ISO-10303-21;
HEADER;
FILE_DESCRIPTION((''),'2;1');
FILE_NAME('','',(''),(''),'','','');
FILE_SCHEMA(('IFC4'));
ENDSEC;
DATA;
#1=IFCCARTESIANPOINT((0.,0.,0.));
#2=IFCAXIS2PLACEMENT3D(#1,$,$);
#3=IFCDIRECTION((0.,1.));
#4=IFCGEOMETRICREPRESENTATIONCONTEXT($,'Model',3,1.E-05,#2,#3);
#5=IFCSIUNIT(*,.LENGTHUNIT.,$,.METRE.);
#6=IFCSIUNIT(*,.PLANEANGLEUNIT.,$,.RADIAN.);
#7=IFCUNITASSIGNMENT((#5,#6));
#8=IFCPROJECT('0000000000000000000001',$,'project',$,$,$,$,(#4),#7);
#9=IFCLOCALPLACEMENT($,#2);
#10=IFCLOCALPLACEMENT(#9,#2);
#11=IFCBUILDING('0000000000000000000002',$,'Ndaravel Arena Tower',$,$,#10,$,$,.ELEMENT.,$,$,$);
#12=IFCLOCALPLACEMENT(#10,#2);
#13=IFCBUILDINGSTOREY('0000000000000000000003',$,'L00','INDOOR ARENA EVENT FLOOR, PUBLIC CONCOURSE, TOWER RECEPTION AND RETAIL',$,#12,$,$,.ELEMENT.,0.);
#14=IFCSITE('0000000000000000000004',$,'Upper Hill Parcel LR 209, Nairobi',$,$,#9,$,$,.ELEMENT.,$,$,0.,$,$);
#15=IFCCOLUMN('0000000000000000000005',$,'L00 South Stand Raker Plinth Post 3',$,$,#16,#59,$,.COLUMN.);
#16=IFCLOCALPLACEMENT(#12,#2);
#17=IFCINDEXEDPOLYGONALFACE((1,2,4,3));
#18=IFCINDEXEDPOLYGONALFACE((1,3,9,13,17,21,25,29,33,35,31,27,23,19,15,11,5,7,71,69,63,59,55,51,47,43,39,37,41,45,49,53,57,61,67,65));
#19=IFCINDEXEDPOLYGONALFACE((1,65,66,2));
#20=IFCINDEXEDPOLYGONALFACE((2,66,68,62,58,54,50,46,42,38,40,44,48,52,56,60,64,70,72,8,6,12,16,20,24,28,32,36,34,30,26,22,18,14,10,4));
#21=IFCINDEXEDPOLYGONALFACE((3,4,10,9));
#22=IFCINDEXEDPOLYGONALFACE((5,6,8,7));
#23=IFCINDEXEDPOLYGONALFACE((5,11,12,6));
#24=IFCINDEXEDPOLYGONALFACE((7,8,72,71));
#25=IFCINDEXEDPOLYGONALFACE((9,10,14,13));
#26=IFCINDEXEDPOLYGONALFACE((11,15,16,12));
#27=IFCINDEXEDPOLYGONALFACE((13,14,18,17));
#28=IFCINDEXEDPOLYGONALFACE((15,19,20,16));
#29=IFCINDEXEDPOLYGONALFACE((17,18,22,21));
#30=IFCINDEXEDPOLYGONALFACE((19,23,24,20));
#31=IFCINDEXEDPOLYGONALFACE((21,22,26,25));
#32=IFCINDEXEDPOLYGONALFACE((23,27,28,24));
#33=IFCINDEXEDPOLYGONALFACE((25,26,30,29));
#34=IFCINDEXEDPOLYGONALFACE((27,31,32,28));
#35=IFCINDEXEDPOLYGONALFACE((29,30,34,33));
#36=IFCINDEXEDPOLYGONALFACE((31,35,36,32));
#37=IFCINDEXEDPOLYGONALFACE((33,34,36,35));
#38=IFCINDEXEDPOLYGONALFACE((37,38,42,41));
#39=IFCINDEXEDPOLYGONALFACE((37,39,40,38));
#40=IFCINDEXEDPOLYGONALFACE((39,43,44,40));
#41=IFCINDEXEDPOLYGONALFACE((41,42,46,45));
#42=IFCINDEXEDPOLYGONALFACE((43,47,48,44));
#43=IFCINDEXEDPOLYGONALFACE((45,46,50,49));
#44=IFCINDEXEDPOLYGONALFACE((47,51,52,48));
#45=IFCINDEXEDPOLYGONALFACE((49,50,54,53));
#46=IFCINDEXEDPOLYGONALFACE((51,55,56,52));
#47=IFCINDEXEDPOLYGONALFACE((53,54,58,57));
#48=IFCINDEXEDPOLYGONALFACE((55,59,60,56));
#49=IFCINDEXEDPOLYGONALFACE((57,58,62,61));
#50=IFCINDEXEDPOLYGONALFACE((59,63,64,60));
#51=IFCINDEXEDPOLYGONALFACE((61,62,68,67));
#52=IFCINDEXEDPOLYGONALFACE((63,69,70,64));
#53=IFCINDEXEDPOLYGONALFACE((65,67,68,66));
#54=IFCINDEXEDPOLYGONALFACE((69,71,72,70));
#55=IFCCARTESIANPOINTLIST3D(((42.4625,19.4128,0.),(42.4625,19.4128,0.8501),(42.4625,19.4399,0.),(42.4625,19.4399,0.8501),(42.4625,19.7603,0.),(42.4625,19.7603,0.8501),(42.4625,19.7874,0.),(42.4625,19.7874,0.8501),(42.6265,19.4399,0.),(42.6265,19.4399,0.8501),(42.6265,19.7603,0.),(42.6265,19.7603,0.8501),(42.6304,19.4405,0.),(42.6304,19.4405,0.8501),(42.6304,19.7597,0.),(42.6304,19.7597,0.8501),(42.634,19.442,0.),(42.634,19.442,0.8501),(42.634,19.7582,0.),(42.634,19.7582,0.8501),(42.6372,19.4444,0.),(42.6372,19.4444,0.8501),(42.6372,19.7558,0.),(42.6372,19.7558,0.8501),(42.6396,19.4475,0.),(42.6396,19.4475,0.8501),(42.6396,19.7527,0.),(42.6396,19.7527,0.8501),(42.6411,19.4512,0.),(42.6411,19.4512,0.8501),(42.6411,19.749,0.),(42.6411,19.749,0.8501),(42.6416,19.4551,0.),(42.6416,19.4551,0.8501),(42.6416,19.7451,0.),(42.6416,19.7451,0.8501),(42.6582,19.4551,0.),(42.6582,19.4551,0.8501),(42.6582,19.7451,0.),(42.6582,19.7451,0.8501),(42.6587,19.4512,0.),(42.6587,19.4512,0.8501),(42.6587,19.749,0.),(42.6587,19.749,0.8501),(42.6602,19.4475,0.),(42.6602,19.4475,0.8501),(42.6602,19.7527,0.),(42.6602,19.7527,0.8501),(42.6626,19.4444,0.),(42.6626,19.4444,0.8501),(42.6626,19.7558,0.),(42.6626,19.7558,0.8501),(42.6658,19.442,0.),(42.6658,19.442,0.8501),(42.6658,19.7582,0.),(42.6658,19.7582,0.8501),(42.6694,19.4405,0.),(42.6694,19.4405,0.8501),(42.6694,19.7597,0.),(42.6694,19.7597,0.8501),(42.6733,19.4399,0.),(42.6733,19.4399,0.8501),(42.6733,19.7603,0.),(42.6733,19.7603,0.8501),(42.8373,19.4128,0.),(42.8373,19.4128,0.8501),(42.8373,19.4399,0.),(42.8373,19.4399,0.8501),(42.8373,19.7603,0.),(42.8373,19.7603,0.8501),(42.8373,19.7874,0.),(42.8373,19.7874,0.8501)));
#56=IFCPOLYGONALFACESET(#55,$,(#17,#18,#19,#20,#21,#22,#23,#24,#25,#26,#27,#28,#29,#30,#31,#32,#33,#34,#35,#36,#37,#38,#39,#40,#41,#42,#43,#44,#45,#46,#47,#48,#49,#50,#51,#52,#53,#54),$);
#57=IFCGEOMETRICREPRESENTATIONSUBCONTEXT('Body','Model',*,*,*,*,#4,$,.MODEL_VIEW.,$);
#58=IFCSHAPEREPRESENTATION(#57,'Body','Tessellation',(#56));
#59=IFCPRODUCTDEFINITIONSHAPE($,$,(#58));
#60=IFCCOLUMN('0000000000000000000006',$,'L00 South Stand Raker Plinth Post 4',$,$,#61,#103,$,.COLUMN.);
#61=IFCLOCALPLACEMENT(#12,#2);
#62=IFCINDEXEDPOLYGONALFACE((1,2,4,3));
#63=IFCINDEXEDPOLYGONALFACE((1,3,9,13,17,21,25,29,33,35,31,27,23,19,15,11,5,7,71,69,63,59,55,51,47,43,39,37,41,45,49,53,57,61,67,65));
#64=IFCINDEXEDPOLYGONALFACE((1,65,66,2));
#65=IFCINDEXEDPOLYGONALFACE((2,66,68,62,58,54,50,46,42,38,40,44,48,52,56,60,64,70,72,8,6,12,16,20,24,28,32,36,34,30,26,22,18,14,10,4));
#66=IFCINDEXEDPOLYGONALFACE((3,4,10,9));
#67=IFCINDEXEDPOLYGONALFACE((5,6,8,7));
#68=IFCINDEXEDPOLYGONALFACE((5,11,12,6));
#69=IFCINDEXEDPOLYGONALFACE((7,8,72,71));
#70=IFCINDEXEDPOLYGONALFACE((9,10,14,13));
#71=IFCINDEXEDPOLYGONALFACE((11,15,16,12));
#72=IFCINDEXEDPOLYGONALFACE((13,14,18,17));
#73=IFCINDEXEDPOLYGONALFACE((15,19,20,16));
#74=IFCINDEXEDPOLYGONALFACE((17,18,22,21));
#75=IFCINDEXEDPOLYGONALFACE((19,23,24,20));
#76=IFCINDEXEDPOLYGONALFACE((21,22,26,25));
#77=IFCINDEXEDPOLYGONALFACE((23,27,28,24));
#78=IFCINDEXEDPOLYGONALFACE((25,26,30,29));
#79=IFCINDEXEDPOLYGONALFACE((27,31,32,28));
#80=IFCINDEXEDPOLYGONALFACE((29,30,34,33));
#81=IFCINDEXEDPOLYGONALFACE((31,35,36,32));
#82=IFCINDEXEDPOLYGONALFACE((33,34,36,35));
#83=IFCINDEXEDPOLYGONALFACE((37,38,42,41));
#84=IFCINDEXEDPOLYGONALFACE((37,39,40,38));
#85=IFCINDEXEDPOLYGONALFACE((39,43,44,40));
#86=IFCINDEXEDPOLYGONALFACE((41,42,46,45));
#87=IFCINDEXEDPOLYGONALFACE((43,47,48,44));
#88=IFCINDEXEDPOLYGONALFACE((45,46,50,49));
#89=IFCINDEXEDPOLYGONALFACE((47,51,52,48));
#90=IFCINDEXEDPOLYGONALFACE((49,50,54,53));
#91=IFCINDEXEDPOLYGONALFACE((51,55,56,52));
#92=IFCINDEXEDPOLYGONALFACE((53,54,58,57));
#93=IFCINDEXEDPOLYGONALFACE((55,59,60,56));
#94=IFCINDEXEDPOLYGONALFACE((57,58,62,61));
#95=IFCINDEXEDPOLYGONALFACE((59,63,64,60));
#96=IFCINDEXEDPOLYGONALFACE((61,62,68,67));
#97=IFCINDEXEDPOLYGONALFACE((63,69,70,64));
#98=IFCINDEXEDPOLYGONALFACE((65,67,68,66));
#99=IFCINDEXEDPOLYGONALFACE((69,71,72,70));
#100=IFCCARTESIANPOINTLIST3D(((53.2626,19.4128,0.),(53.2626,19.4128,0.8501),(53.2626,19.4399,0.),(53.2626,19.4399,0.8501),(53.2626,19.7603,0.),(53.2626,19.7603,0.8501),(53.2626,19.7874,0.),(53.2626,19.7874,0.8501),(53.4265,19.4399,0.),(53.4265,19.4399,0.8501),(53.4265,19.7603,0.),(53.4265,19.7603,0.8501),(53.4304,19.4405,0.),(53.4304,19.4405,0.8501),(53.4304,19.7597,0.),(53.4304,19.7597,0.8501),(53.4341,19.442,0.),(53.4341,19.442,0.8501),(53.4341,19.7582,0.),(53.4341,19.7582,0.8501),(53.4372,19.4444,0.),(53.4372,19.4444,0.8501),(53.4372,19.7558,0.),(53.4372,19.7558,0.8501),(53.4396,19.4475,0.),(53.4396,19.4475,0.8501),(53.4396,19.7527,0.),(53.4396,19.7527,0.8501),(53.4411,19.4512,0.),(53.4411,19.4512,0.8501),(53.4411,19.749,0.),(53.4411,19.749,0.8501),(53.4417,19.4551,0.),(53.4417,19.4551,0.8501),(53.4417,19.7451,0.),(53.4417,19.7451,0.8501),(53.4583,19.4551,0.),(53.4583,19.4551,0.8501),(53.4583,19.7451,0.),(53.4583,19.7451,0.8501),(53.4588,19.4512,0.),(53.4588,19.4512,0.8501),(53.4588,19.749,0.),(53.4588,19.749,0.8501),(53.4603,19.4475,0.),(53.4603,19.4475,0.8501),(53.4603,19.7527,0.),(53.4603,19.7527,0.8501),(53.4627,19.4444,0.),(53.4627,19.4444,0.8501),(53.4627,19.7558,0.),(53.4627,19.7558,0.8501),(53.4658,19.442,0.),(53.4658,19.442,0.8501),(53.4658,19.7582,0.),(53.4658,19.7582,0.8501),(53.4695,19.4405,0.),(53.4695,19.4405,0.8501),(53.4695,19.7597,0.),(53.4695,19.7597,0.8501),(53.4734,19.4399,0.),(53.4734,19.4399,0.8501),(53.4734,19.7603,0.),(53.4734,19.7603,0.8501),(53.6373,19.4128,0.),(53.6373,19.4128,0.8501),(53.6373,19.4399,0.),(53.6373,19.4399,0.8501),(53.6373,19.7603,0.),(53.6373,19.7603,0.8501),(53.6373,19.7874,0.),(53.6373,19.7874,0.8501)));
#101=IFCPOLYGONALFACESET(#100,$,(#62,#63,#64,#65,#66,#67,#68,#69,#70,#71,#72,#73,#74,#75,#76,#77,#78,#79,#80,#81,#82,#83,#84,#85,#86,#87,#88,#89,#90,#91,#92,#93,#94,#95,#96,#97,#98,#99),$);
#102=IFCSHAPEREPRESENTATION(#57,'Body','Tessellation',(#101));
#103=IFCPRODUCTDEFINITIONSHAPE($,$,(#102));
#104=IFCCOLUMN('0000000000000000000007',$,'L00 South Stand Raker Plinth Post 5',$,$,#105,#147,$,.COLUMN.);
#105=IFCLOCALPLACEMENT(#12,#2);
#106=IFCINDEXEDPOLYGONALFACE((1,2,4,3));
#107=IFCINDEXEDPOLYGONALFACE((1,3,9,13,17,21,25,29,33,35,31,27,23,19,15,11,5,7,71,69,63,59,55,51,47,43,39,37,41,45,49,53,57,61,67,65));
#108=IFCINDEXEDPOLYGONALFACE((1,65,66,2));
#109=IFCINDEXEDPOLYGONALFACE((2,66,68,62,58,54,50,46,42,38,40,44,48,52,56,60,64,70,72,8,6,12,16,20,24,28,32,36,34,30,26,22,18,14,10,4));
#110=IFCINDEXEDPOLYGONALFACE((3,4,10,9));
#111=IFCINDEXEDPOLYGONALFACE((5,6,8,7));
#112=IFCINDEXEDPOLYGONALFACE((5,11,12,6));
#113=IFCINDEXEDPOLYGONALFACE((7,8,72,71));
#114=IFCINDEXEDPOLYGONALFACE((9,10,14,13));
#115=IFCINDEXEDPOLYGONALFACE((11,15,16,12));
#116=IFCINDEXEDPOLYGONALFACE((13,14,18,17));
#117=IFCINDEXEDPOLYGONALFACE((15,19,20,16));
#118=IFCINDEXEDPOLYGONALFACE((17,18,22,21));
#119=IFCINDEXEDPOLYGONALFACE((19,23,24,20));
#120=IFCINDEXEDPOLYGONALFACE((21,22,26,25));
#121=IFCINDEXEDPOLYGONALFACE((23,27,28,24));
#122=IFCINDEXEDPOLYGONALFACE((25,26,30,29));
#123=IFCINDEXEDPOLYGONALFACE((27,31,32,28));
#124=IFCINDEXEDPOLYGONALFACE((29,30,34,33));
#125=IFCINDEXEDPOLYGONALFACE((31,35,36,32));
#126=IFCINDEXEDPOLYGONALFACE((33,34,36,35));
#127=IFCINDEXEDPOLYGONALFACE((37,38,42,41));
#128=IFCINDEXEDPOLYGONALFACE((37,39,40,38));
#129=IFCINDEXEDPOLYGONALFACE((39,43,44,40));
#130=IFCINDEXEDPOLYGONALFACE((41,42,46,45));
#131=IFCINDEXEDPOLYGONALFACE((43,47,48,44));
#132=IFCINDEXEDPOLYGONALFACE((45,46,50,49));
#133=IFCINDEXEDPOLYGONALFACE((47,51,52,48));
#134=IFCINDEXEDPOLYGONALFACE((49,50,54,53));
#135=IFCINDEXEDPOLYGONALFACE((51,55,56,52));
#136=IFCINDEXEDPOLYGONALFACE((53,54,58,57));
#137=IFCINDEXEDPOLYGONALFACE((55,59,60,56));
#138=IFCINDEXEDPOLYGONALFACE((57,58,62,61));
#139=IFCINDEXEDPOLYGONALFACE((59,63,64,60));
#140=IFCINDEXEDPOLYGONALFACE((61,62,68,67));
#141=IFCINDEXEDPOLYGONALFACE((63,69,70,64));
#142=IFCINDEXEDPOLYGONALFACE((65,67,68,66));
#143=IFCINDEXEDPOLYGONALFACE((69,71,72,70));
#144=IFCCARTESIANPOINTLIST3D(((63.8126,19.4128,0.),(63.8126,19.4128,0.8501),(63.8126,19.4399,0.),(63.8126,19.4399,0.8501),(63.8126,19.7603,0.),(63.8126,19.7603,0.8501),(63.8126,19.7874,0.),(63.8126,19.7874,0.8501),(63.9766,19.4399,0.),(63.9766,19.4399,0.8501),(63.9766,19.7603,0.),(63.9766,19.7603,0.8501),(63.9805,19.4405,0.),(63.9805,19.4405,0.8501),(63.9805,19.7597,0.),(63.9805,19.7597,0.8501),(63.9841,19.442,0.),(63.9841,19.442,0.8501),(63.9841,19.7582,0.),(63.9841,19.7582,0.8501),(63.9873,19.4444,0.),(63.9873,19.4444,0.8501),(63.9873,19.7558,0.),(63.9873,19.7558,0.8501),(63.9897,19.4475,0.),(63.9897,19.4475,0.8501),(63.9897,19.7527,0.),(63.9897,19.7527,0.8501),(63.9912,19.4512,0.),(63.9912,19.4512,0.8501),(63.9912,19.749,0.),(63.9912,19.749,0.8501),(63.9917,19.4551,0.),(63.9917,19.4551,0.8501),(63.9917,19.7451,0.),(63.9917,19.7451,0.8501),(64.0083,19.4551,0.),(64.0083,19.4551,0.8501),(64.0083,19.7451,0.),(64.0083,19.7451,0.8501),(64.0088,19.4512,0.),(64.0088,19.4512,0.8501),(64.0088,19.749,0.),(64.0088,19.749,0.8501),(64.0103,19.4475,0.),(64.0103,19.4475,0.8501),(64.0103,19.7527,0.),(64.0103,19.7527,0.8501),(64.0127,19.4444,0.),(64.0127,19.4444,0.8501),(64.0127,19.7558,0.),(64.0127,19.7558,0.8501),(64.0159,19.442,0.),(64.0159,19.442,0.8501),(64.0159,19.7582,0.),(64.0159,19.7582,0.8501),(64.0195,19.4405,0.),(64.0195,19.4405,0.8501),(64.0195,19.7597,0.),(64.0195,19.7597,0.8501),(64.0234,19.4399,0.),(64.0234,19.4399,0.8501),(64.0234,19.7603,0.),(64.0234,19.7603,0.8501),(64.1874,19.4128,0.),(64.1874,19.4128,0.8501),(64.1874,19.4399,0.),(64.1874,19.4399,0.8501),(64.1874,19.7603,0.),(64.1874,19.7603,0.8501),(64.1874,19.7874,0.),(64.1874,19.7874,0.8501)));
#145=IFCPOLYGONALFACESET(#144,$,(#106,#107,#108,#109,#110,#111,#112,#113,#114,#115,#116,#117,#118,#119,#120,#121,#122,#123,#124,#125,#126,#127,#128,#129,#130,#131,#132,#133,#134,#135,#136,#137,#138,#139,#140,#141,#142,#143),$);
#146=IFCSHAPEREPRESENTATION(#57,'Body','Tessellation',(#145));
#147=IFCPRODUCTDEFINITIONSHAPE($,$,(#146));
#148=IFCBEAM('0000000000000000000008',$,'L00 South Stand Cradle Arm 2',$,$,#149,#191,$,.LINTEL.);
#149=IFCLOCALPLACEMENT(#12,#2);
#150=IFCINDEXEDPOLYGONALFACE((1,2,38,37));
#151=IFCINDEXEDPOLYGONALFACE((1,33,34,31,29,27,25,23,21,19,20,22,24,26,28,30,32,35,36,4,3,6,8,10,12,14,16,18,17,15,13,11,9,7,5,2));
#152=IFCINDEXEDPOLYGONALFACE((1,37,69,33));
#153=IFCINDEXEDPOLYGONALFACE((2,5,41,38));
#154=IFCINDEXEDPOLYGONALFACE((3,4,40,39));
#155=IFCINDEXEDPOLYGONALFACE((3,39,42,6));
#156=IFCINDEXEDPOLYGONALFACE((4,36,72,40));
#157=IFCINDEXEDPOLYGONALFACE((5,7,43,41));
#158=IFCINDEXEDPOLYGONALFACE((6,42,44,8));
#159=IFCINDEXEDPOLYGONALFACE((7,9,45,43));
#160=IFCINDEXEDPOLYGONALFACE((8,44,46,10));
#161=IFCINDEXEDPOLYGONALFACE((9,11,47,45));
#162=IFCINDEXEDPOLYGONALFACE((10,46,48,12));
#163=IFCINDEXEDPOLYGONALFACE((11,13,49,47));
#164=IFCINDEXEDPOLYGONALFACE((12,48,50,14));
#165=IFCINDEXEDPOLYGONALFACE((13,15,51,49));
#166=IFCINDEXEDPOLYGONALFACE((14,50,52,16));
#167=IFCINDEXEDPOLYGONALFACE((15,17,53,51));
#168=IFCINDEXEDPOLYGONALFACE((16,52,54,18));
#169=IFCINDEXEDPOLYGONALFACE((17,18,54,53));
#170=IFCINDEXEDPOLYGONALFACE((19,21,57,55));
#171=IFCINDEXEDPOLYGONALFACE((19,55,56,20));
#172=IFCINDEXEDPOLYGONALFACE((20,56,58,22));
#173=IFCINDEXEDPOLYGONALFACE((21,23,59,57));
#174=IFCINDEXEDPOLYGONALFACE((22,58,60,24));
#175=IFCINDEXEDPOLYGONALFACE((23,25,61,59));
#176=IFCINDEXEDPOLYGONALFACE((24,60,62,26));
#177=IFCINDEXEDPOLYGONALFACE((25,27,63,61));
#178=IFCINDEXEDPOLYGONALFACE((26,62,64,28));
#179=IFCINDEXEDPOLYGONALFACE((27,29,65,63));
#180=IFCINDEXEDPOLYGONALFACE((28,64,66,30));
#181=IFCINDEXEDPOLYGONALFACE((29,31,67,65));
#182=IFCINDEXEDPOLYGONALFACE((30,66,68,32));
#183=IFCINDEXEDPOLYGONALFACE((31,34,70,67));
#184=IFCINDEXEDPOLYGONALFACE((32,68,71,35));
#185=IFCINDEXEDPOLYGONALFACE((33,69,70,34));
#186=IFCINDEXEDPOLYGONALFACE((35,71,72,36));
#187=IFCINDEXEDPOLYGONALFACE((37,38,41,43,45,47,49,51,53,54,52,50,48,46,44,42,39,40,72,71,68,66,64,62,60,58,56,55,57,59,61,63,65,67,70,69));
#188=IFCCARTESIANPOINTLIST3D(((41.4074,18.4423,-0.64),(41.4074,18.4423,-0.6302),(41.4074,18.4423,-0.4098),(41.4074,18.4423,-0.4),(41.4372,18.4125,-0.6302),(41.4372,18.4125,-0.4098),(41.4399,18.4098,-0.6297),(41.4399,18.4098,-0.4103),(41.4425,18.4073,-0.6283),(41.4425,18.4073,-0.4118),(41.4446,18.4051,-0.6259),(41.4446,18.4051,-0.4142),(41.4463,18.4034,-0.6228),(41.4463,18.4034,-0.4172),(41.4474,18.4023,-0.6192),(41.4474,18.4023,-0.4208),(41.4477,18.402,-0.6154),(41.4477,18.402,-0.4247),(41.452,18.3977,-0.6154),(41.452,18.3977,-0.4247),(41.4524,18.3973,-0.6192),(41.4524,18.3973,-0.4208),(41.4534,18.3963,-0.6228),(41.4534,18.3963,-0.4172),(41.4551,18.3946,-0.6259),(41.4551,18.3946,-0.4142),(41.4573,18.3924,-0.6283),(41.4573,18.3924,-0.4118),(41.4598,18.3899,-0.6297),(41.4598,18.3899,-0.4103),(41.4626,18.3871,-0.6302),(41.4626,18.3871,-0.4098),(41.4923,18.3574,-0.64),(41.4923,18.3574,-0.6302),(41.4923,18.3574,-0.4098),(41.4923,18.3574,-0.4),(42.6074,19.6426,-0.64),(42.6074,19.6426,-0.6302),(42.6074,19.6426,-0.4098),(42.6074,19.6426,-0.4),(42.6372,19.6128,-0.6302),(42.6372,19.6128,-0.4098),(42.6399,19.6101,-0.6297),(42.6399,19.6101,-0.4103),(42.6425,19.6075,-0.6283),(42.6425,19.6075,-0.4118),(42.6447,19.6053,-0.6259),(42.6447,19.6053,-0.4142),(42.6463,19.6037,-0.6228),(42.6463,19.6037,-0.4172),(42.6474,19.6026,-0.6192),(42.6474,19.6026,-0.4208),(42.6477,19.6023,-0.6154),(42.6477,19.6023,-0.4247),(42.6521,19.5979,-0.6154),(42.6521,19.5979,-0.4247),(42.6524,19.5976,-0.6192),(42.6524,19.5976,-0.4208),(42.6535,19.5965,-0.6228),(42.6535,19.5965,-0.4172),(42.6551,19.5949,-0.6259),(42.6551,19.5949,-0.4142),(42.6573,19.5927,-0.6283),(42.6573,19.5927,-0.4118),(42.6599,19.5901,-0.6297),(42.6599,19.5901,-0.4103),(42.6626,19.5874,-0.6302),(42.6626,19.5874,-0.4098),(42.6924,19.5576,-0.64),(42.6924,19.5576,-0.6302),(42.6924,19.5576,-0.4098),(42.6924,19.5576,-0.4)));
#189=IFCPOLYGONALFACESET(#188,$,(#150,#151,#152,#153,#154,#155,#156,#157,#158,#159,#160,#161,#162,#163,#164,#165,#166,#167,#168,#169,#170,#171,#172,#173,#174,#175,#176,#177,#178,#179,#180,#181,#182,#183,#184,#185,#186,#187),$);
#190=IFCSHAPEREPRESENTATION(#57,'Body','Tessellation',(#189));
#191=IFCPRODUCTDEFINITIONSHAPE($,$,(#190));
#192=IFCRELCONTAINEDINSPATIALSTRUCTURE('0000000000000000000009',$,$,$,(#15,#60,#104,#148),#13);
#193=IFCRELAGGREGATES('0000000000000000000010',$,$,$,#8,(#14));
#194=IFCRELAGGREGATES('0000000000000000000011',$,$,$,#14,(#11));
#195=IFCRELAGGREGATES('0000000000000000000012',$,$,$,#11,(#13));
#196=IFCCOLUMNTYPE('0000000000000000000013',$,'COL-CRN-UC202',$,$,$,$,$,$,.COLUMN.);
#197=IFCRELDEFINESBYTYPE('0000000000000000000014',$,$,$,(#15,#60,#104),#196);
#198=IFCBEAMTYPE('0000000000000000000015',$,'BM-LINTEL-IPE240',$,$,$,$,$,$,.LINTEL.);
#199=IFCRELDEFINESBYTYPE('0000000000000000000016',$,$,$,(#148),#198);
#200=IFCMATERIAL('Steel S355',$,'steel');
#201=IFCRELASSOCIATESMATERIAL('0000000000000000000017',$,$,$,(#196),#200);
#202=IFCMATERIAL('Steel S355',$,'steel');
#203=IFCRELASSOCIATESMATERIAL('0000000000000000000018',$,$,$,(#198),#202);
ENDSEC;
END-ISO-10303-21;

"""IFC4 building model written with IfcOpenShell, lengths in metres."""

from ifc_helpers import new_model, si_unit, direction, frame, origin, origin_2d, place, context, subcontext, project, spatial, i_section, extrude, material, material_profile, profile_set, type_object, element, save


model = new_model("IFC4")

# Units and contexts
model_context = context("Model", 3, precision=1e-05, world=origin(), true_north=direction((0.0, 1.0)))
body_context = subcontext(model_context, "Body", "Model", "MODEL_VIEW")
ifc_project = project(units=[si_unit("LENGTHUNIT", "METRE"), si_unit("PLANEANGLEUNIT", "RADIAN")], contexts=[model_context])

# Site, building, storey
site_placement = place(None, origin())
site = spatial("IfcSite", under=ifc_project, at=site_placement, Name="Upper Hill Parcel LR 209, Nairobi", CompositionType="ELEMENT", RefElevation=0.0)
building_placement = place(site_placement, origin())
building = spatial("IfcBuilding", under=site, at=building_placement, Name="Ndaravel Arena Tower", CompositionType="ELEMENT")
storey_placement = place(building_placement, origin())
storey = spatial("IfcBuildingStorey", under=building, at=storey_placement, Name="L00", Description="INDOOR ARENA EVENT FLOOR, PUBLIC CONCOURSE, TOWER RECEPTION AND RETAIL", CompositionType="ELEMENT", Elevation=0.0)

# Columns
ifc_material_1 = material(Name="Steel S355", Category="steel")
ifc_material_profile_1 = material_profile(ifc_material_1, i_section(OverallWidth=0.3748, OverallDepth=0.3745, WebThickness=0.0166, FlangeThickness=0.0271, FilletRadius=0.0151, at=origin_2d()), Name="UC 356x368x202")
ifc_profile_set_1 = profile_set([ifc_material_profile_1], Name="Steel S355")
column_type = type_object("IfcColumnType", Name="COL-CRN-UC202", PredefinedType="COLUMN", material=ifc_profile_set_1)
for number, where, z_axis, x_axis, name in (
    (1, (42.6499, 19.6001, 0.0), (0.0, 0.0, 1.0), (1.0, 0.0, 0.0), "L00 South Stand Raker Plinth Post 3"),
    (2, (53.45, 19.6001, 0.0), (0.0, 0.0, 1.0), (1.0, 0.0, 0.0), "L00 South Stand Raker Plinth Post 4"),
    (3, (64.0, 19.6001, 0.0), (0.0, 0.0, 1.0), (1.0, 0.0, 0.0), "L00 South Stand Raker Plinth Post 5"),
):
    element("IfcColumn", number, at=place(storey_placement, frame(where, z_axis=z_axis, x_axis=x_axis)), inside=storey, type_object=column_type, Name=name, PredefinedType="COLUMN", context=body_context, shape_type="SweptSolid", body=[
        extrude(i_section(OverallWidth=0.3748, OverallDepth=0.3745, WebThickness=0.0166, FlangeThickness=0.0271, FilletRadius=0.0151, at=origin_2d()), origin(), (0.0, 0.0, 1.0), 0.8501),
    ])

# Beam
ifc_material_2 = material(Name="Steel S355", Category="steel")
ifc_material_profile_2 = material_profile(ifc_material_2, i_section(OverallWidth=0.1201, OverallDepth=0.24, WebThickness=0.0061, FlangeThickness=0.0098, FilletRadius=0.0149, at=origin_2d()), Name="IPE 240")
ifc_profile_set_2 = profile_set([ifc_material_profile_2], Name="Steel S355")
beam_type_1 = type_object("IfcBeamType", Name="BM-LINTEL-IPE240", PredefinedType="LINTEL", material=ifc_profile_set_2)
for number, where, z_axis, x_axis, name in (
    (4, (42.6499, 19.6001, -0.52), (-0.707035, -0.707179, 0.0), (0.707179, -0.707035, 0.0), "L00 South Stand Cradle Arm 2"),
):
    element("IfcBeam", number, at=place(storey_placement, frame(where, z_axis=z_axis, x_axis=x_axis)), inside=storey, type_object=beam_type_1, Name=name, PredefinedType="LINTEL", context=body_context, shape_type="SweptSolid", body=[
        extrude(i_section(OverallWidth=0.1201, OverallDepth=0.24, WebThickness=0.0061, FlangeThickness=0.0098, FilletRadius=0.0149, at=origin_2d()), origin(), (0.0, 0.0, 1.0), 1.6973),
    ])

save(model, "model.ifc")
